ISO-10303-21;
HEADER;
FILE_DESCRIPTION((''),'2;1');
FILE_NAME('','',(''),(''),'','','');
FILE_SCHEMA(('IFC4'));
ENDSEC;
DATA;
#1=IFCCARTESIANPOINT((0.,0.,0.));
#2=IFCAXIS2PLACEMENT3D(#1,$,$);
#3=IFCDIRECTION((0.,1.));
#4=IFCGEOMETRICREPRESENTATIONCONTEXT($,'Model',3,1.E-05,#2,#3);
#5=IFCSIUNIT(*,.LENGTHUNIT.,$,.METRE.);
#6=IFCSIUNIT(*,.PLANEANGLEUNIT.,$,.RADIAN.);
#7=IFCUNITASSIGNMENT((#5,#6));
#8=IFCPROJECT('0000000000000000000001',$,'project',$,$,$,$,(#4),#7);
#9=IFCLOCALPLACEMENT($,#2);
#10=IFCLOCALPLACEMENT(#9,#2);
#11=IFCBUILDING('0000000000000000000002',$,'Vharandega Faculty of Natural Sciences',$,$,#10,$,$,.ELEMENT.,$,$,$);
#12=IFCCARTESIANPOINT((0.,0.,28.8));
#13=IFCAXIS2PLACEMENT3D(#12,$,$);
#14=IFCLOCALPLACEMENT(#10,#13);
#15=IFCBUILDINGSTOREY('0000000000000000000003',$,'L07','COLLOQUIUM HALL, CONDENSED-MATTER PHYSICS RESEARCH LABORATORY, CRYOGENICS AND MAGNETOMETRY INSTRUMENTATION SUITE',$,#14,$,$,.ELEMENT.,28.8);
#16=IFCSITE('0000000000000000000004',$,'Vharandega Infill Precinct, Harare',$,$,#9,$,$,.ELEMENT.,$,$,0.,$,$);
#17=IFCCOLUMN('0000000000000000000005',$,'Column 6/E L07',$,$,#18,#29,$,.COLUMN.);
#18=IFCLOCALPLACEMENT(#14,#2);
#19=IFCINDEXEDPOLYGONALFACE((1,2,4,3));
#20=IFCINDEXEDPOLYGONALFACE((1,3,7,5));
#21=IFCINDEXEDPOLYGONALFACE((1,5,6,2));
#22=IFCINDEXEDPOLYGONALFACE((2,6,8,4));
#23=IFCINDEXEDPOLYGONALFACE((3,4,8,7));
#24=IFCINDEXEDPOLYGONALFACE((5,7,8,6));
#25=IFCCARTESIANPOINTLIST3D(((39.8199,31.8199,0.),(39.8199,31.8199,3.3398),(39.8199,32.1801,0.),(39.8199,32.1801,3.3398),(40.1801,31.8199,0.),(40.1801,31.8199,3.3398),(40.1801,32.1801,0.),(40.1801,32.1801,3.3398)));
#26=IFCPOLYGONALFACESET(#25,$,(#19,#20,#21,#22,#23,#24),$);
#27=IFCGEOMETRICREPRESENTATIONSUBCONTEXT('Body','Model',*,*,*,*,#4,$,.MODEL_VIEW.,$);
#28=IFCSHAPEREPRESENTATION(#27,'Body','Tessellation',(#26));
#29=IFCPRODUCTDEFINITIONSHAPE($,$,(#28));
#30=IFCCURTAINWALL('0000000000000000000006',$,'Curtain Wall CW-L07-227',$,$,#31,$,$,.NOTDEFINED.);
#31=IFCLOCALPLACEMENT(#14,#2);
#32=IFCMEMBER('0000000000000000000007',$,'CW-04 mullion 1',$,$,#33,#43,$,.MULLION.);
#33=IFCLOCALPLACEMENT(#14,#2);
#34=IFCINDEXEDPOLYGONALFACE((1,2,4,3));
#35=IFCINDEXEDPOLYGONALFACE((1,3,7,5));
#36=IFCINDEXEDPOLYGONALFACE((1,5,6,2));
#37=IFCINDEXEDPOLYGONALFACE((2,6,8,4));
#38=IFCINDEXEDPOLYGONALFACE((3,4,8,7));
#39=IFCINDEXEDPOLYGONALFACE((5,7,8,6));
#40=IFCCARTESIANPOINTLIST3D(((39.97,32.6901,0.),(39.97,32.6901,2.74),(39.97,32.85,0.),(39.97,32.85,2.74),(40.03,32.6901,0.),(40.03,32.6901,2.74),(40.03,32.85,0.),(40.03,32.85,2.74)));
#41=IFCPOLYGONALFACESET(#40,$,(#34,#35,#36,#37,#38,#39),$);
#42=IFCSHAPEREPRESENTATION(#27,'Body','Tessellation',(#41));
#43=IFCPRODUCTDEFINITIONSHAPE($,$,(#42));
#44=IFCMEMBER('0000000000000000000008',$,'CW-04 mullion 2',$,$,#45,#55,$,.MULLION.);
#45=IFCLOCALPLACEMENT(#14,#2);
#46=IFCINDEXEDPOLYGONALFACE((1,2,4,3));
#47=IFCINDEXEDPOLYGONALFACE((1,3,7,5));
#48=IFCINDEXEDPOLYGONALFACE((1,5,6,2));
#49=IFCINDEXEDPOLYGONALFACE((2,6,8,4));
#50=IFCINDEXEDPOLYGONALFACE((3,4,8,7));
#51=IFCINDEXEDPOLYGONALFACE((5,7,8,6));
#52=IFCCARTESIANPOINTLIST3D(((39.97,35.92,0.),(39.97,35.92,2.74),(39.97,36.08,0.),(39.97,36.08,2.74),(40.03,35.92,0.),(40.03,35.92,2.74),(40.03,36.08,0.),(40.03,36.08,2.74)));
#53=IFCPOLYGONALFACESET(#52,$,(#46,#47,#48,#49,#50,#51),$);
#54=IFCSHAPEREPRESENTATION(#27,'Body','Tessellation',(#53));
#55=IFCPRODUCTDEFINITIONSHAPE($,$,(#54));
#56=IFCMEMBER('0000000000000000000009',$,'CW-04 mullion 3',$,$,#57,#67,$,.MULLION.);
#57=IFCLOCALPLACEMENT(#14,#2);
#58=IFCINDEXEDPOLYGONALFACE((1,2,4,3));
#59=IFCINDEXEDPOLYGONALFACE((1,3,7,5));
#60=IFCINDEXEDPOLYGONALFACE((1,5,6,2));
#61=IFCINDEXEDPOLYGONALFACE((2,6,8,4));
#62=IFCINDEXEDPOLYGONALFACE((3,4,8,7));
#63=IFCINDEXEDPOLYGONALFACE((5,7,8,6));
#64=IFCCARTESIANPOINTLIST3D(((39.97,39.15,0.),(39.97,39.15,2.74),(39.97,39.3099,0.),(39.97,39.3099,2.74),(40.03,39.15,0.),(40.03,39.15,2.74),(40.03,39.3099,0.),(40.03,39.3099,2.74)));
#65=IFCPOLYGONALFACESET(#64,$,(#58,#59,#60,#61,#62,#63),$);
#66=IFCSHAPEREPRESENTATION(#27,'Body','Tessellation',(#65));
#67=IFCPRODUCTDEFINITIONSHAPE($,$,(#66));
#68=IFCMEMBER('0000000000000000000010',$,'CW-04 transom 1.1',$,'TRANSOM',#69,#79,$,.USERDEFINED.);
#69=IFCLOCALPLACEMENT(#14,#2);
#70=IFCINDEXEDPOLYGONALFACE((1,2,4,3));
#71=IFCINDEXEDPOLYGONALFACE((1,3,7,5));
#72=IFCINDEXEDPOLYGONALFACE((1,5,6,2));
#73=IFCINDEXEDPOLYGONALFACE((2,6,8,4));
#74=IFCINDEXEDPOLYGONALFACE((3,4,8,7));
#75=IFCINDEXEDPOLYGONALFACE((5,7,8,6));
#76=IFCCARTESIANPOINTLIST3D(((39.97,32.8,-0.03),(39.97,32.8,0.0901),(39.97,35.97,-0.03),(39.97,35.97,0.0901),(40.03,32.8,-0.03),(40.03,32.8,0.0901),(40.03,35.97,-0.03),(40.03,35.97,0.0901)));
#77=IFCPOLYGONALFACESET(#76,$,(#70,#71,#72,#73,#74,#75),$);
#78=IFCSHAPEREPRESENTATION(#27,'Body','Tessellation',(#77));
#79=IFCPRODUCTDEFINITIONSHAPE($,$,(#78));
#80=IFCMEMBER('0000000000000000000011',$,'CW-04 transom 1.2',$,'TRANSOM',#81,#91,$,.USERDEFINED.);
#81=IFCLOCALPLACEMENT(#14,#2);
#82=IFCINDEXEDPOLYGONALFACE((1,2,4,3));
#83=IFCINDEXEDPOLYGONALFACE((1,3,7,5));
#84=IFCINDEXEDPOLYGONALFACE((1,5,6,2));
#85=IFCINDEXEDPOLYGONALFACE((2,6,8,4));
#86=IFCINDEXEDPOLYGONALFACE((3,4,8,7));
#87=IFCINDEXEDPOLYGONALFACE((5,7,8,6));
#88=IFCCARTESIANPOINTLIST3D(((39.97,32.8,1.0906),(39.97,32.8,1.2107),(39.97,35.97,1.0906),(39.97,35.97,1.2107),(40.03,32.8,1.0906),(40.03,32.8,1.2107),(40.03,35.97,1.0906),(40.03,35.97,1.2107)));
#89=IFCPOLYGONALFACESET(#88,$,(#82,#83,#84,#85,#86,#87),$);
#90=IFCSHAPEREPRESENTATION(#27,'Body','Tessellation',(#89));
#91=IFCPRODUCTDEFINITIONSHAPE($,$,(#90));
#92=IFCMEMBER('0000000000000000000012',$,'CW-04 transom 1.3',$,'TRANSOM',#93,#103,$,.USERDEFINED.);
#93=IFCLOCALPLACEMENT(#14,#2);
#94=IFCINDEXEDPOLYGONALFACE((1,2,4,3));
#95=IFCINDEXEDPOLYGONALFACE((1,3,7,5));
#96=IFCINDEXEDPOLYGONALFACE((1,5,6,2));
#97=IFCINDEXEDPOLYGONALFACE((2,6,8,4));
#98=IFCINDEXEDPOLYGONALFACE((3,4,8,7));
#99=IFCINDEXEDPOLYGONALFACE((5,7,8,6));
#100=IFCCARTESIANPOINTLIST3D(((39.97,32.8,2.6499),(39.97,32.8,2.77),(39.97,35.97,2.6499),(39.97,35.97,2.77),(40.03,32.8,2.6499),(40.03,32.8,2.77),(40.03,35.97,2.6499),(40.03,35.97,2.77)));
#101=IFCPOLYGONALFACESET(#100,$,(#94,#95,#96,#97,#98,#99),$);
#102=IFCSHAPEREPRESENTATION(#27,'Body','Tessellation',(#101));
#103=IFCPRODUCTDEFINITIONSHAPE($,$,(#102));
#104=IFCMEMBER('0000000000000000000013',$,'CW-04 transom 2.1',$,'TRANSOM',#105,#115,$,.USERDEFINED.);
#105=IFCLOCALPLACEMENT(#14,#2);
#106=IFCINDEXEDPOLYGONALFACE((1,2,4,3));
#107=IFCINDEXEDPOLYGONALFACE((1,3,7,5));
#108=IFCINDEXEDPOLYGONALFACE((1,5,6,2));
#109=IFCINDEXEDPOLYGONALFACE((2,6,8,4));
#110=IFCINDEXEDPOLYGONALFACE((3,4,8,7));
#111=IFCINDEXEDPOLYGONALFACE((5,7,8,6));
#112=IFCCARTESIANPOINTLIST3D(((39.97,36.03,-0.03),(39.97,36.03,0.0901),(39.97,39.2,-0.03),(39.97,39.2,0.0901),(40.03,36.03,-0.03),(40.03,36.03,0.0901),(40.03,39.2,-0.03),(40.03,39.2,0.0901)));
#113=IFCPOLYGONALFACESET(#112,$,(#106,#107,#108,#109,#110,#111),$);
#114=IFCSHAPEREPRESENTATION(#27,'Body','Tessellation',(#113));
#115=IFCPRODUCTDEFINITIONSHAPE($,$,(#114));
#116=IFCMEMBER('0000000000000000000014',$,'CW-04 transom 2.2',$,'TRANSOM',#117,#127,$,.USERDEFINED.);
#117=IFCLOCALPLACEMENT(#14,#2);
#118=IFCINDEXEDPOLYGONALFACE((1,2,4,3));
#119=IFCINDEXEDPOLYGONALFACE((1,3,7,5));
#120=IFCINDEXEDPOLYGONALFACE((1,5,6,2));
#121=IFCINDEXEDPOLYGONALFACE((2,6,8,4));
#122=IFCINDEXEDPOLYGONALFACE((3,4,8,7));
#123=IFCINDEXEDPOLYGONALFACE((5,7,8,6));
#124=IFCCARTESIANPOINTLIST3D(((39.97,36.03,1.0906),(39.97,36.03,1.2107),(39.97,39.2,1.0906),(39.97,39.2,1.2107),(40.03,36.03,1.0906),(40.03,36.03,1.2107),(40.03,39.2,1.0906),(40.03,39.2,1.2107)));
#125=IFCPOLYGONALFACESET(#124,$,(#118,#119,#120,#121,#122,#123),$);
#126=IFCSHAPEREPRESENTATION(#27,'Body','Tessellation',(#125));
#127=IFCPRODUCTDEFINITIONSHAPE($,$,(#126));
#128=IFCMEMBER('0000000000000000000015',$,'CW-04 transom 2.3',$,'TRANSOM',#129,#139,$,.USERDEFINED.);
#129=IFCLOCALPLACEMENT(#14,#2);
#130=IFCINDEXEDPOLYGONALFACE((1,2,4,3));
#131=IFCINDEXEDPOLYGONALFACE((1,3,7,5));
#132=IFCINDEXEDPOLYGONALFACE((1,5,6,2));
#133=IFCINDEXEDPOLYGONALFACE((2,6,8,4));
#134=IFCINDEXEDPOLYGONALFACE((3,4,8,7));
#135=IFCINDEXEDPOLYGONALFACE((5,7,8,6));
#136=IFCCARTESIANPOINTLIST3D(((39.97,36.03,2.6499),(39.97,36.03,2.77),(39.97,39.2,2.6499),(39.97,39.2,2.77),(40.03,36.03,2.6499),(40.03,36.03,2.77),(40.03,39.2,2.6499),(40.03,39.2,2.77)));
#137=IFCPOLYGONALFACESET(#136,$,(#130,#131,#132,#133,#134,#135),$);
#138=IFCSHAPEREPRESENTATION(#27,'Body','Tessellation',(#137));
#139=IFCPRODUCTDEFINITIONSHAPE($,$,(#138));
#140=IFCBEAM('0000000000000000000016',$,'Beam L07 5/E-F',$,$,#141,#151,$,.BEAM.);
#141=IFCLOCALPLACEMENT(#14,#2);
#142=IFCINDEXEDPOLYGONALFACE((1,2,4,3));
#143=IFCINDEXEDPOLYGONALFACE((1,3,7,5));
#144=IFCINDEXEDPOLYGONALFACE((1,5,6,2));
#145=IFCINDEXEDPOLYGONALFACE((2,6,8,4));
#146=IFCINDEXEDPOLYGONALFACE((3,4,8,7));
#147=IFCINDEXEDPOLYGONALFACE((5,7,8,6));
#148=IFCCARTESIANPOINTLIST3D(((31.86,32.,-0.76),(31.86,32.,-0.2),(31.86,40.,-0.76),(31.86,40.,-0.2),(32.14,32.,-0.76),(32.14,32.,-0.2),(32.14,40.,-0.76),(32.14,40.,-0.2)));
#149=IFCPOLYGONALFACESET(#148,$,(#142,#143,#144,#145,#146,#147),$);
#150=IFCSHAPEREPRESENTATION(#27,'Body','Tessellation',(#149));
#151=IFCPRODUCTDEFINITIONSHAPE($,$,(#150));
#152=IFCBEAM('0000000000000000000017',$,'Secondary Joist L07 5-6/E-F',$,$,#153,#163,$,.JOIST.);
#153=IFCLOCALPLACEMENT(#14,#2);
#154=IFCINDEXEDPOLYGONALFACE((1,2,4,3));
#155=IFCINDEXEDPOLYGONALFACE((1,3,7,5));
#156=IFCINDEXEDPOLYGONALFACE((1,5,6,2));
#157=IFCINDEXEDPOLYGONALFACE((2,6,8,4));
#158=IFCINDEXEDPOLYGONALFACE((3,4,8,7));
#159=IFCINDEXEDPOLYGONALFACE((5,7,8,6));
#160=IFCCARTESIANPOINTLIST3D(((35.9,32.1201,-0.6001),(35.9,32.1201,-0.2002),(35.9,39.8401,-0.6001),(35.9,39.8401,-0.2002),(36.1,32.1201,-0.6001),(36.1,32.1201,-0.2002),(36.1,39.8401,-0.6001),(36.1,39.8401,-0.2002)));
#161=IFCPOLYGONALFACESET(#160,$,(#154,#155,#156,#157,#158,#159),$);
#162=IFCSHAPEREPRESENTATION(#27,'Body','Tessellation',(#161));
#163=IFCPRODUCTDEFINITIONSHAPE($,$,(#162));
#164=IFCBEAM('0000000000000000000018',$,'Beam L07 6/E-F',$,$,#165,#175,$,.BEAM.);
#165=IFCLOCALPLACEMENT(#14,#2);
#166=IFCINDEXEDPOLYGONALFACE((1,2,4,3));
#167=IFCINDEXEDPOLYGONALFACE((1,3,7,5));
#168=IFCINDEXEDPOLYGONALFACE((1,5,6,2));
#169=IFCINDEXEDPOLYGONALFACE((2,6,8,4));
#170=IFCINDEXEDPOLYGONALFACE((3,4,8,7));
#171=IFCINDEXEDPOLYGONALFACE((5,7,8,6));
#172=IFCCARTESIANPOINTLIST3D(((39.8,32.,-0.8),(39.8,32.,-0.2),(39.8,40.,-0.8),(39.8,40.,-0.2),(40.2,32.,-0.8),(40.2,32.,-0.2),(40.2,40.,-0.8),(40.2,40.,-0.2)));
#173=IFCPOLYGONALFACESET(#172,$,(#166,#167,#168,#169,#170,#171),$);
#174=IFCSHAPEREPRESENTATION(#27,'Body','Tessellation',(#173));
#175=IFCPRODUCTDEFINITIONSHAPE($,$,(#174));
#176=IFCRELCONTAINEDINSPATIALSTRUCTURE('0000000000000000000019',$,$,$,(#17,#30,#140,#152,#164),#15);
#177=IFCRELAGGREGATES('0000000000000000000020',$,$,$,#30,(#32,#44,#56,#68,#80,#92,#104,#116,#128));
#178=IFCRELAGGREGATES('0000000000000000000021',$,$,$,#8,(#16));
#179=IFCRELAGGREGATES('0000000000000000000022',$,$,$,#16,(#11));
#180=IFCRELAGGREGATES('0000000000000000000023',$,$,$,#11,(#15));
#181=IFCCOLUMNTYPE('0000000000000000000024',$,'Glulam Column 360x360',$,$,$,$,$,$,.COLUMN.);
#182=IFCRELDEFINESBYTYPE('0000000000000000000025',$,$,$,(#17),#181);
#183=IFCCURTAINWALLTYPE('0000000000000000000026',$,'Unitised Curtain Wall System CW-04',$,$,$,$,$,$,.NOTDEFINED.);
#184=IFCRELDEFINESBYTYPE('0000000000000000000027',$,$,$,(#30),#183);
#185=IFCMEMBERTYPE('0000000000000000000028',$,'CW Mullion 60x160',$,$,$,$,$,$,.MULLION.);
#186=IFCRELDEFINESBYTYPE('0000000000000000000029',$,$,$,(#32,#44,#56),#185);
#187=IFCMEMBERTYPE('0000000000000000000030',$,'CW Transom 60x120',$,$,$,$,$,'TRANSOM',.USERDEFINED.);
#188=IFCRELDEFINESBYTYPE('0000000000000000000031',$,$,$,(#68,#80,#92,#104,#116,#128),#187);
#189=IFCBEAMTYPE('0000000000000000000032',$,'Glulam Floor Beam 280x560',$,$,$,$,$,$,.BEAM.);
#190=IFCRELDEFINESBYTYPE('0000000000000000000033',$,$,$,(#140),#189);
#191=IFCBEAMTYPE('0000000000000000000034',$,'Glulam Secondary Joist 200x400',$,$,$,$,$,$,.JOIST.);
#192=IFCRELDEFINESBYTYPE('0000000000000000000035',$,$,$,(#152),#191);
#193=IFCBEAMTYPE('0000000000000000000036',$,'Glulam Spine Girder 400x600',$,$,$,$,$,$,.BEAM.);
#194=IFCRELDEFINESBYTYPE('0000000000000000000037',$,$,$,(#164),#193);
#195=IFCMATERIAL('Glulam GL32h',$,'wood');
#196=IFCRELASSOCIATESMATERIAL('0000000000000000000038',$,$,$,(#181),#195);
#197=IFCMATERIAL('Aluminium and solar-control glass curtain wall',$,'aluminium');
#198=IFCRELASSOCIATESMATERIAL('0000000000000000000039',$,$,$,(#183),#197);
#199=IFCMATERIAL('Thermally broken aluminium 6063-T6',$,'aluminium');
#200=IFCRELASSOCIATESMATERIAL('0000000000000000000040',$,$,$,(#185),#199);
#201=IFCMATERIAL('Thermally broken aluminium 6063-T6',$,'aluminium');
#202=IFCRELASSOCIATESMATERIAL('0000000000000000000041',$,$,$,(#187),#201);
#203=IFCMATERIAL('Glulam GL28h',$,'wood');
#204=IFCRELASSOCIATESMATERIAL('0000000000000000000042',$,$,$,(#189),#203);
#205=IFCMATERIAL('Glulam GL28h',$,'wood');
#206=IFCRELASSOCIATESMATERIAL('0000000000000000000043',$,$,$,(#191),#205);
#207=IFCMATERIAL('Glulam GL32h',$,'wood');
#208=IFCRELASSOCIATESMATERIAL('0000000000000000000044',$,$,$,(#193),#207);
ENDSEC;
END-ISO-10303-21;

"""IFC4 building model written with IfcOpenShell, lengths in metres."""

from ifc_helpers import new_model, si_unit, direction, frame, origin, origin_2d, place, context, subcontext, project, spatial, rectangle, extrude, material, material_profile, profile_set, type_object, element, aggregate, save


model = new_model("IFC4")

# Units and contexts
model_context = context("Model", 3, precision=1e-05, world=origin(), true_north=direction((0.0, 1.0)))
body_context = subcontext(model_context, "Body", "Model", "MODEL_VIEW")
ifc_project = project(units=[si_unit("LENGTHUNIT", "METRE"), si_unit("PLANEANGLEUNIT", "RADIAN")], contexts=[model_context])

# Site, building, storey
site_placement = place(None, origin())
site = spatial("IfcSite", under=ifc_project, at=site_placement, Name="Vharandega Infill Precinct, Harare", CompositionType="ELEMENT", RefElevation=0.0)
building_placement = place(site_placement, origin())
building = spatial("IfcBuilding", under=site, at=building_placement, Name="Vharandega Faculty of Natural Sciences", CompositionType="ELEMENT")
storey_placement = place(building_placement, frame((0.0, 0.0, 28.8)))
storey = spatial("IfcBuildingStorey", under=building, at=storey_placement, Name="L07", Description="COLLOQUIUM HALL, CONDENSED-MATTER PHYSICS RESEARCH LABORATORY, CRYOGENICS AND MAGNETOMETRY INSTRUMENTATION SUITE", CompositionType="ELEMENT", Elevation=28.8)

# Column
ifc_material_1 = material(Name="Glulam GL32h", Category="wood")
ifc_material_profile_1 = material_profile(ifc_material_1, rectangle(XDim=0.3601, YDim=0.3601, at=origin_2d()), Name="GL32h 360x360")
ifc_profile_set_1 = profile_set([ifc_material_profile_1], Name="Glulam GL32h")
column_type = type_object("IfcColumnType", Name="Glulam Column 360x360", PredefinedType="COLUMN", material=ifc_profile_set_1)
column_placement = place(storey_placement, frame((40.0, 32.0, 0.0), z_axis=(0.0, 0.0, 1.0), x_axis=(1.0, 0.0, 0.0)))
element("IfcColumn", 1, at=column_placement, inside=storey, type_object=column_type, Name="Column 6/E L07", PredefinedType="COLUMN", context=body_context, shape_type="SweptSolid", body=[
    extrude(rectangle(XDim=0.3601, YDim=0.3601, at=origin_2d()), origin(), (0.0, 0.0, 1.0), 3.3398),
])

# Curtain wall, members
ifc_material_2 = material(Name="Aluminium and solar-control glass curtain wall", Category="aluminium")
curtain_wall_type = type_object("IfcCurtainWallType", Name="Unitised Curtain Wall System CW-04", PredefinedType="NOTDEFINED", material=ifc_material_2)
curtain_wall_placement = place(storey_placement, origin())
curtain_wall = element("IfcCurtainWall", 2, at=curtain_wall_placement, inside=storey, type_object=curtain_wall_type, Name="Curtain Wall CW-L07-227", PredefinedType="NOTDEFINED")
ifc_material_3 = material(Name="Thermally broken aluminium 6063-T6", Category="aluminium")
ifc_material_profile_2 = material_profile(ifc_material_3, rectangle(XDim=0.0601, YDim=0.1599, at=origin_2d()), Name="ALU 60x160")
ifc_profile_set_2 = profile_set([ifc_material_profile_2], Name="Thermally broken aluminium 6063-T6")
member_type_1 = type_object("IfcMemberType", Name="CW Mullion 60x160", PredefinedType="MULLION", material=ifc_profile_set_2)
member_1_placement = place(storey_placement, frame((40.0, 32.77, 0.0), z_axis=(0.0, 0.0, 1.0), x_axis=(-1.0, 0.0, 0.0)))
member_1 = element("IfcMember", 3, at=member_1_placement, type_object=member_type_1, Name="CW-04 mullion 1", PredefinedType="MULLION", context=body_context, shape_type="SweptSolid", body=[
    extrude(rectangle(XDim=0.0601, YDim=0.1599, at=origin_2d()), origin(), (0.0, 0.0, 1.0), 2.74),
])
member_2_placement = place(storey_placement, frame((40.0, 36.0, 0.0), z_axis=(0.0, 0.0, 1.0), x_axis=(-1.0, 0.0, 0.0)))
member_2 = element("IfcMember", 4, at=member_2_placement, type_object=member_type_1, Name="CW-04 mullion 2", PredefinedType="MULLION", context=body_context, shape_type="SweptSolid", body=[
    extrude(rectangle(XDim=0.0601, YDim=0.1599, at=origin_2d()), origin(), (0.0, 0.0, 1.0), 2.74),
])
member_3_placement = place(storey_placement, frame((40.0, 39.23, 0.0), z_axis=(0.0, 0.0, 1.0), x_axis=(-1.0, 0.0, 0.0)))
member_3 = element("IfcMember", 5, at=member_3_placement, type_object=member_type_1, Name="CW-04 mullion 3", PredefinedType="MULLION", context=body_context, shape_type="SweptSolid", body=[
    extrude(rectangle(XDim=0.0601, YDim=0.1599, at=origin_2d()), origin(), (0.0, 0.0, 1.0), 2.74),
])
ifc_material_4 = material(Name="Thermally broken aluminium 6063-T6", Category="aluminium")
ifc_material_profile_3 = material_profile(ifc_material_4, rectangle(XDim=0.0601, YDim=0.1201, at=origin_2d()), Name="ALU 60x120")
ifc_profile_set_3 = profile_set([ifc_material_profile_3], Name="Thermally broken aluminium 6063-T6")
member_type_2 = type_object("IfcMemberType", Name="CW Transom 60x120", ElementType="TRANSOM", PredefinedType="USERDEFINED", material=ifc_profile_set_3)
member_4_placement = place(storey_placement, frame((40.0, 32.8, 0.03), z_axis=(0.0, 1.0, 0.0), x_axis=(-1.0, 0.0, 0.0)))
member_4 = element("IfcMember", 6, at=member_4_placement, type_object=member_type_2, Name="CW-04 transom 1.1", ObjectType="TRANSOM", PredefinedType="USERDEFINED", context=body_context, shape_type="SweptSolid", body=[
    extrude(rectangle(XDim=0.0601, YDim=0.1201, at=origin_2d()), origin(), (0.0, 0.0, 1.0), 3.1699),
])
member_5_placement = place(storey_placement, frame((40.0, 32.8, 1.1506), z_axis=(0.0, 1.0, 0.0), x_axis=(-1.0, 0.0, 0.0)))
member_5 = element("IfcMember", 7, at=member_5_placement, type_object=member_type_2, Name="CW-04 transom 1.2", ObjectType="TRANSOM", PredefinedType="USERDEFINED", context=body_context, shape_type="SweptSolid", body=[
    extrude(rectangle(XDim=0.0601, YDim=0.1201, at=origin_2d()), origin(), (0.0, 0.0, 1.0), 3.1699),
])
member_6_placement = place(storey_placement, frame((40.0, 32.8, 2.71), z_axis=(0.0, 1.0, 0.0), x_axis=(-1.0, 0.0, 0.0)))
member_6 = element("IfcMember", 8, at=member_6_placement, type_object=member_type_2, Name="CW-04 transom 1.3", ObjectType="TRANSOM", PredefinedType="USERDEFINED", context=body_context, shape_type="SweptSolid", body=[
    extrude(rectangle(XDim=0.0601, YDim=0.1201, at=origin_2d()), origin(), (0.0, 0.0, 1.0), 3.1699),
])
member_7_placement = place(storey_placement, frame((40.0, 36.03, 0.03), z_axis=(0.0, 1.0, 0.0), x_axis=(-1.0, 0.0, 0.0)))
member_7 = element("IfcMember", 9, at=member_7_placement, type_object=member_type_2, Name="CW-04 transom 2.1", ObjectType="TRANSOM", PredefinedType="USERDEFINED", context=body_context, shape_type="SweptSolid", body=[
    extrude(rectangle(XDim=0.0601, YDim=0.1201, at=origin_2d()), origin(), (0.0, 0.0, 1.0), 3.1699),
])
member_8_placement = place(storey_placement, frame((40.0, 36.03, 1.1506), z_axis=(0.0, 1.0, 0.0), x_axis=(-1.0, 0.0, 0.0)))
member_8 = element("IfcMember", 10, at=member_8_placement, type_object=member_type_2, Name="CW-04 transom 2.2", ObjectType="TRANSOM", PredefinedType="USERDEFINED", context=body_context, shape_type="SweptSolid", body=[
    extrude(rectangle(XDim=0.0601, YDim=0.1201, at=origin_2d()), origin(), (0.0, 0.0, 1.0), 3.1699),
])
member_9_placement = place(storey_placement, frame((40.0, 36.03, 2.71), z_axis=(0.0, 1.0, 0.0), x_axis=(-1.0, 0.0, 0.0)))
member_9 = element("IfcMember", 11, at=member_9_placement, type_object=member_type_2, Name="CW-04 transom 2.3", ObjectType="TRANSOM", PredefinedType="USERDEFINED", context=body_context, shape_type="SweptSolid", body=[
    extrude(rectangle(XDim=0.0601, YDim=0.1201, at=origin_2d()), origin(), (0.0, 0.0, 1.0), 3.1699),
])

# Beams
ifc_material_5 = material(Name="Glulam GL28h", Category="wood")
ifc_material_profile_4 = material_profile(ifc_material_5, rectangle(XDim=0.28, YDim=0.5601, at=origin_2d()), Name="GL28h 280x560")
ifc_profile_set_4 = profile_set([ifc_material_profile_4], Name="Glulam GL28h")
beam_type_1 = type_object("IfcBeamType", Name="Glulam Floor Beam 280x560", PredefinedType="BEAM", material=ifc_profile_set_4)
beam_1_placement = place(storey_placement, frame((32.0, 32.0, -0.48), z_axis=(0.0, 1.0, 0.0), x_axis=(-1.0, 0.0, 0.0)))
element("IfcBeam", 12, at=beam_1_placement, inside=storey, type_object=beam_type_1, Name="Beam L07 5/E-F", PredefinedType="BEAM", context=body_context, shape_type="SweptSolid", body=[
    extrude(rectangle(XDim=0.28, YDim=0.5601, at=origin_2d()), origin(), (0.0, 0.0, 1.0), 8.0),
])
ifc_material_6 = material(Name="Glulam GL28h", Category="wood")
ifc_material_profile_5 = material_profile(ifc_material_6, rectangle(XDim=0.2, YDim=0.3999, at=origin_2d()), Name="GL28h 200x400")
ifc_profile_set_5 = profile_set([ifc_material_profile_5], Name="Glulam GL28h")
beam_type_2 = type_object("IfcBeamType", Name="Glulam Secondary Joist 200x400", PredefinedType="JOIST", material=ifc_profile_set_5)
beam_2_placement = place(storey_placement, frame((36.0, 32.1201, -0.4001), z_axis=(0.0, 1.0, 0.0), x_axis=(-1.0, 0.0, 0.0)))
element("IfcBeam", 13, at=beam_2_placement, inside=storey, type_object=beam_type_2, Name="Secondary Joist L07 5-6/E-F", PredefinedType="JOIST", context=body_context, shape_type="SweptSolid", body=[
    extrude(rectangle(XDim=0.2, YDim=0.3999, at=origin_2d()), origin(), (0.0, 0.0, 1.0), 7.72),
])
ifc_material_7 = material(Name="Glulam GL32h", Category="wood")
ifc_material_profile_6 = material_profile(ifc_material_7, rectangle(XDim=0.3999, YDim=0.6001, at=origin_2d()), Name="GL32h 400x600")
ifc_profile_set_6 = profile_set([ifc_material_profile_6], Name="Glulam GL32h")
beam_type_3 = type_object("IfcBeamType", Name="Glulam Spine Girder 400x600", PredefinedType="BEAM", material=ifc_profile_set_6)
beam_3_placement = place(storey_placement, frame((40.0, 32.0, -0.5), z_axis=(0.0, 1.0, 0.0), x_axis=(-1.0, 0.0, 0.0)))
element("IfcBeam", 14, at=beam_3_placement, inside=storey, type_object=beam_type_3, Name="Beam L07 6/E-F", PredefinedType="BEAM", context=body_context, shape_type="SweptSolid", body=[
    extrude(rectangle(XDim=0.3999, YDim=0.6001, at=origin_2d()), origin(), (0.0, 0.0, 1.0), 8.0),
])

aggregate(curtain_wall, [member_1, member_2, member_3, member_4, member_5, member_6, member_7, member_8, member_9])

save(model, "model.ifc")
